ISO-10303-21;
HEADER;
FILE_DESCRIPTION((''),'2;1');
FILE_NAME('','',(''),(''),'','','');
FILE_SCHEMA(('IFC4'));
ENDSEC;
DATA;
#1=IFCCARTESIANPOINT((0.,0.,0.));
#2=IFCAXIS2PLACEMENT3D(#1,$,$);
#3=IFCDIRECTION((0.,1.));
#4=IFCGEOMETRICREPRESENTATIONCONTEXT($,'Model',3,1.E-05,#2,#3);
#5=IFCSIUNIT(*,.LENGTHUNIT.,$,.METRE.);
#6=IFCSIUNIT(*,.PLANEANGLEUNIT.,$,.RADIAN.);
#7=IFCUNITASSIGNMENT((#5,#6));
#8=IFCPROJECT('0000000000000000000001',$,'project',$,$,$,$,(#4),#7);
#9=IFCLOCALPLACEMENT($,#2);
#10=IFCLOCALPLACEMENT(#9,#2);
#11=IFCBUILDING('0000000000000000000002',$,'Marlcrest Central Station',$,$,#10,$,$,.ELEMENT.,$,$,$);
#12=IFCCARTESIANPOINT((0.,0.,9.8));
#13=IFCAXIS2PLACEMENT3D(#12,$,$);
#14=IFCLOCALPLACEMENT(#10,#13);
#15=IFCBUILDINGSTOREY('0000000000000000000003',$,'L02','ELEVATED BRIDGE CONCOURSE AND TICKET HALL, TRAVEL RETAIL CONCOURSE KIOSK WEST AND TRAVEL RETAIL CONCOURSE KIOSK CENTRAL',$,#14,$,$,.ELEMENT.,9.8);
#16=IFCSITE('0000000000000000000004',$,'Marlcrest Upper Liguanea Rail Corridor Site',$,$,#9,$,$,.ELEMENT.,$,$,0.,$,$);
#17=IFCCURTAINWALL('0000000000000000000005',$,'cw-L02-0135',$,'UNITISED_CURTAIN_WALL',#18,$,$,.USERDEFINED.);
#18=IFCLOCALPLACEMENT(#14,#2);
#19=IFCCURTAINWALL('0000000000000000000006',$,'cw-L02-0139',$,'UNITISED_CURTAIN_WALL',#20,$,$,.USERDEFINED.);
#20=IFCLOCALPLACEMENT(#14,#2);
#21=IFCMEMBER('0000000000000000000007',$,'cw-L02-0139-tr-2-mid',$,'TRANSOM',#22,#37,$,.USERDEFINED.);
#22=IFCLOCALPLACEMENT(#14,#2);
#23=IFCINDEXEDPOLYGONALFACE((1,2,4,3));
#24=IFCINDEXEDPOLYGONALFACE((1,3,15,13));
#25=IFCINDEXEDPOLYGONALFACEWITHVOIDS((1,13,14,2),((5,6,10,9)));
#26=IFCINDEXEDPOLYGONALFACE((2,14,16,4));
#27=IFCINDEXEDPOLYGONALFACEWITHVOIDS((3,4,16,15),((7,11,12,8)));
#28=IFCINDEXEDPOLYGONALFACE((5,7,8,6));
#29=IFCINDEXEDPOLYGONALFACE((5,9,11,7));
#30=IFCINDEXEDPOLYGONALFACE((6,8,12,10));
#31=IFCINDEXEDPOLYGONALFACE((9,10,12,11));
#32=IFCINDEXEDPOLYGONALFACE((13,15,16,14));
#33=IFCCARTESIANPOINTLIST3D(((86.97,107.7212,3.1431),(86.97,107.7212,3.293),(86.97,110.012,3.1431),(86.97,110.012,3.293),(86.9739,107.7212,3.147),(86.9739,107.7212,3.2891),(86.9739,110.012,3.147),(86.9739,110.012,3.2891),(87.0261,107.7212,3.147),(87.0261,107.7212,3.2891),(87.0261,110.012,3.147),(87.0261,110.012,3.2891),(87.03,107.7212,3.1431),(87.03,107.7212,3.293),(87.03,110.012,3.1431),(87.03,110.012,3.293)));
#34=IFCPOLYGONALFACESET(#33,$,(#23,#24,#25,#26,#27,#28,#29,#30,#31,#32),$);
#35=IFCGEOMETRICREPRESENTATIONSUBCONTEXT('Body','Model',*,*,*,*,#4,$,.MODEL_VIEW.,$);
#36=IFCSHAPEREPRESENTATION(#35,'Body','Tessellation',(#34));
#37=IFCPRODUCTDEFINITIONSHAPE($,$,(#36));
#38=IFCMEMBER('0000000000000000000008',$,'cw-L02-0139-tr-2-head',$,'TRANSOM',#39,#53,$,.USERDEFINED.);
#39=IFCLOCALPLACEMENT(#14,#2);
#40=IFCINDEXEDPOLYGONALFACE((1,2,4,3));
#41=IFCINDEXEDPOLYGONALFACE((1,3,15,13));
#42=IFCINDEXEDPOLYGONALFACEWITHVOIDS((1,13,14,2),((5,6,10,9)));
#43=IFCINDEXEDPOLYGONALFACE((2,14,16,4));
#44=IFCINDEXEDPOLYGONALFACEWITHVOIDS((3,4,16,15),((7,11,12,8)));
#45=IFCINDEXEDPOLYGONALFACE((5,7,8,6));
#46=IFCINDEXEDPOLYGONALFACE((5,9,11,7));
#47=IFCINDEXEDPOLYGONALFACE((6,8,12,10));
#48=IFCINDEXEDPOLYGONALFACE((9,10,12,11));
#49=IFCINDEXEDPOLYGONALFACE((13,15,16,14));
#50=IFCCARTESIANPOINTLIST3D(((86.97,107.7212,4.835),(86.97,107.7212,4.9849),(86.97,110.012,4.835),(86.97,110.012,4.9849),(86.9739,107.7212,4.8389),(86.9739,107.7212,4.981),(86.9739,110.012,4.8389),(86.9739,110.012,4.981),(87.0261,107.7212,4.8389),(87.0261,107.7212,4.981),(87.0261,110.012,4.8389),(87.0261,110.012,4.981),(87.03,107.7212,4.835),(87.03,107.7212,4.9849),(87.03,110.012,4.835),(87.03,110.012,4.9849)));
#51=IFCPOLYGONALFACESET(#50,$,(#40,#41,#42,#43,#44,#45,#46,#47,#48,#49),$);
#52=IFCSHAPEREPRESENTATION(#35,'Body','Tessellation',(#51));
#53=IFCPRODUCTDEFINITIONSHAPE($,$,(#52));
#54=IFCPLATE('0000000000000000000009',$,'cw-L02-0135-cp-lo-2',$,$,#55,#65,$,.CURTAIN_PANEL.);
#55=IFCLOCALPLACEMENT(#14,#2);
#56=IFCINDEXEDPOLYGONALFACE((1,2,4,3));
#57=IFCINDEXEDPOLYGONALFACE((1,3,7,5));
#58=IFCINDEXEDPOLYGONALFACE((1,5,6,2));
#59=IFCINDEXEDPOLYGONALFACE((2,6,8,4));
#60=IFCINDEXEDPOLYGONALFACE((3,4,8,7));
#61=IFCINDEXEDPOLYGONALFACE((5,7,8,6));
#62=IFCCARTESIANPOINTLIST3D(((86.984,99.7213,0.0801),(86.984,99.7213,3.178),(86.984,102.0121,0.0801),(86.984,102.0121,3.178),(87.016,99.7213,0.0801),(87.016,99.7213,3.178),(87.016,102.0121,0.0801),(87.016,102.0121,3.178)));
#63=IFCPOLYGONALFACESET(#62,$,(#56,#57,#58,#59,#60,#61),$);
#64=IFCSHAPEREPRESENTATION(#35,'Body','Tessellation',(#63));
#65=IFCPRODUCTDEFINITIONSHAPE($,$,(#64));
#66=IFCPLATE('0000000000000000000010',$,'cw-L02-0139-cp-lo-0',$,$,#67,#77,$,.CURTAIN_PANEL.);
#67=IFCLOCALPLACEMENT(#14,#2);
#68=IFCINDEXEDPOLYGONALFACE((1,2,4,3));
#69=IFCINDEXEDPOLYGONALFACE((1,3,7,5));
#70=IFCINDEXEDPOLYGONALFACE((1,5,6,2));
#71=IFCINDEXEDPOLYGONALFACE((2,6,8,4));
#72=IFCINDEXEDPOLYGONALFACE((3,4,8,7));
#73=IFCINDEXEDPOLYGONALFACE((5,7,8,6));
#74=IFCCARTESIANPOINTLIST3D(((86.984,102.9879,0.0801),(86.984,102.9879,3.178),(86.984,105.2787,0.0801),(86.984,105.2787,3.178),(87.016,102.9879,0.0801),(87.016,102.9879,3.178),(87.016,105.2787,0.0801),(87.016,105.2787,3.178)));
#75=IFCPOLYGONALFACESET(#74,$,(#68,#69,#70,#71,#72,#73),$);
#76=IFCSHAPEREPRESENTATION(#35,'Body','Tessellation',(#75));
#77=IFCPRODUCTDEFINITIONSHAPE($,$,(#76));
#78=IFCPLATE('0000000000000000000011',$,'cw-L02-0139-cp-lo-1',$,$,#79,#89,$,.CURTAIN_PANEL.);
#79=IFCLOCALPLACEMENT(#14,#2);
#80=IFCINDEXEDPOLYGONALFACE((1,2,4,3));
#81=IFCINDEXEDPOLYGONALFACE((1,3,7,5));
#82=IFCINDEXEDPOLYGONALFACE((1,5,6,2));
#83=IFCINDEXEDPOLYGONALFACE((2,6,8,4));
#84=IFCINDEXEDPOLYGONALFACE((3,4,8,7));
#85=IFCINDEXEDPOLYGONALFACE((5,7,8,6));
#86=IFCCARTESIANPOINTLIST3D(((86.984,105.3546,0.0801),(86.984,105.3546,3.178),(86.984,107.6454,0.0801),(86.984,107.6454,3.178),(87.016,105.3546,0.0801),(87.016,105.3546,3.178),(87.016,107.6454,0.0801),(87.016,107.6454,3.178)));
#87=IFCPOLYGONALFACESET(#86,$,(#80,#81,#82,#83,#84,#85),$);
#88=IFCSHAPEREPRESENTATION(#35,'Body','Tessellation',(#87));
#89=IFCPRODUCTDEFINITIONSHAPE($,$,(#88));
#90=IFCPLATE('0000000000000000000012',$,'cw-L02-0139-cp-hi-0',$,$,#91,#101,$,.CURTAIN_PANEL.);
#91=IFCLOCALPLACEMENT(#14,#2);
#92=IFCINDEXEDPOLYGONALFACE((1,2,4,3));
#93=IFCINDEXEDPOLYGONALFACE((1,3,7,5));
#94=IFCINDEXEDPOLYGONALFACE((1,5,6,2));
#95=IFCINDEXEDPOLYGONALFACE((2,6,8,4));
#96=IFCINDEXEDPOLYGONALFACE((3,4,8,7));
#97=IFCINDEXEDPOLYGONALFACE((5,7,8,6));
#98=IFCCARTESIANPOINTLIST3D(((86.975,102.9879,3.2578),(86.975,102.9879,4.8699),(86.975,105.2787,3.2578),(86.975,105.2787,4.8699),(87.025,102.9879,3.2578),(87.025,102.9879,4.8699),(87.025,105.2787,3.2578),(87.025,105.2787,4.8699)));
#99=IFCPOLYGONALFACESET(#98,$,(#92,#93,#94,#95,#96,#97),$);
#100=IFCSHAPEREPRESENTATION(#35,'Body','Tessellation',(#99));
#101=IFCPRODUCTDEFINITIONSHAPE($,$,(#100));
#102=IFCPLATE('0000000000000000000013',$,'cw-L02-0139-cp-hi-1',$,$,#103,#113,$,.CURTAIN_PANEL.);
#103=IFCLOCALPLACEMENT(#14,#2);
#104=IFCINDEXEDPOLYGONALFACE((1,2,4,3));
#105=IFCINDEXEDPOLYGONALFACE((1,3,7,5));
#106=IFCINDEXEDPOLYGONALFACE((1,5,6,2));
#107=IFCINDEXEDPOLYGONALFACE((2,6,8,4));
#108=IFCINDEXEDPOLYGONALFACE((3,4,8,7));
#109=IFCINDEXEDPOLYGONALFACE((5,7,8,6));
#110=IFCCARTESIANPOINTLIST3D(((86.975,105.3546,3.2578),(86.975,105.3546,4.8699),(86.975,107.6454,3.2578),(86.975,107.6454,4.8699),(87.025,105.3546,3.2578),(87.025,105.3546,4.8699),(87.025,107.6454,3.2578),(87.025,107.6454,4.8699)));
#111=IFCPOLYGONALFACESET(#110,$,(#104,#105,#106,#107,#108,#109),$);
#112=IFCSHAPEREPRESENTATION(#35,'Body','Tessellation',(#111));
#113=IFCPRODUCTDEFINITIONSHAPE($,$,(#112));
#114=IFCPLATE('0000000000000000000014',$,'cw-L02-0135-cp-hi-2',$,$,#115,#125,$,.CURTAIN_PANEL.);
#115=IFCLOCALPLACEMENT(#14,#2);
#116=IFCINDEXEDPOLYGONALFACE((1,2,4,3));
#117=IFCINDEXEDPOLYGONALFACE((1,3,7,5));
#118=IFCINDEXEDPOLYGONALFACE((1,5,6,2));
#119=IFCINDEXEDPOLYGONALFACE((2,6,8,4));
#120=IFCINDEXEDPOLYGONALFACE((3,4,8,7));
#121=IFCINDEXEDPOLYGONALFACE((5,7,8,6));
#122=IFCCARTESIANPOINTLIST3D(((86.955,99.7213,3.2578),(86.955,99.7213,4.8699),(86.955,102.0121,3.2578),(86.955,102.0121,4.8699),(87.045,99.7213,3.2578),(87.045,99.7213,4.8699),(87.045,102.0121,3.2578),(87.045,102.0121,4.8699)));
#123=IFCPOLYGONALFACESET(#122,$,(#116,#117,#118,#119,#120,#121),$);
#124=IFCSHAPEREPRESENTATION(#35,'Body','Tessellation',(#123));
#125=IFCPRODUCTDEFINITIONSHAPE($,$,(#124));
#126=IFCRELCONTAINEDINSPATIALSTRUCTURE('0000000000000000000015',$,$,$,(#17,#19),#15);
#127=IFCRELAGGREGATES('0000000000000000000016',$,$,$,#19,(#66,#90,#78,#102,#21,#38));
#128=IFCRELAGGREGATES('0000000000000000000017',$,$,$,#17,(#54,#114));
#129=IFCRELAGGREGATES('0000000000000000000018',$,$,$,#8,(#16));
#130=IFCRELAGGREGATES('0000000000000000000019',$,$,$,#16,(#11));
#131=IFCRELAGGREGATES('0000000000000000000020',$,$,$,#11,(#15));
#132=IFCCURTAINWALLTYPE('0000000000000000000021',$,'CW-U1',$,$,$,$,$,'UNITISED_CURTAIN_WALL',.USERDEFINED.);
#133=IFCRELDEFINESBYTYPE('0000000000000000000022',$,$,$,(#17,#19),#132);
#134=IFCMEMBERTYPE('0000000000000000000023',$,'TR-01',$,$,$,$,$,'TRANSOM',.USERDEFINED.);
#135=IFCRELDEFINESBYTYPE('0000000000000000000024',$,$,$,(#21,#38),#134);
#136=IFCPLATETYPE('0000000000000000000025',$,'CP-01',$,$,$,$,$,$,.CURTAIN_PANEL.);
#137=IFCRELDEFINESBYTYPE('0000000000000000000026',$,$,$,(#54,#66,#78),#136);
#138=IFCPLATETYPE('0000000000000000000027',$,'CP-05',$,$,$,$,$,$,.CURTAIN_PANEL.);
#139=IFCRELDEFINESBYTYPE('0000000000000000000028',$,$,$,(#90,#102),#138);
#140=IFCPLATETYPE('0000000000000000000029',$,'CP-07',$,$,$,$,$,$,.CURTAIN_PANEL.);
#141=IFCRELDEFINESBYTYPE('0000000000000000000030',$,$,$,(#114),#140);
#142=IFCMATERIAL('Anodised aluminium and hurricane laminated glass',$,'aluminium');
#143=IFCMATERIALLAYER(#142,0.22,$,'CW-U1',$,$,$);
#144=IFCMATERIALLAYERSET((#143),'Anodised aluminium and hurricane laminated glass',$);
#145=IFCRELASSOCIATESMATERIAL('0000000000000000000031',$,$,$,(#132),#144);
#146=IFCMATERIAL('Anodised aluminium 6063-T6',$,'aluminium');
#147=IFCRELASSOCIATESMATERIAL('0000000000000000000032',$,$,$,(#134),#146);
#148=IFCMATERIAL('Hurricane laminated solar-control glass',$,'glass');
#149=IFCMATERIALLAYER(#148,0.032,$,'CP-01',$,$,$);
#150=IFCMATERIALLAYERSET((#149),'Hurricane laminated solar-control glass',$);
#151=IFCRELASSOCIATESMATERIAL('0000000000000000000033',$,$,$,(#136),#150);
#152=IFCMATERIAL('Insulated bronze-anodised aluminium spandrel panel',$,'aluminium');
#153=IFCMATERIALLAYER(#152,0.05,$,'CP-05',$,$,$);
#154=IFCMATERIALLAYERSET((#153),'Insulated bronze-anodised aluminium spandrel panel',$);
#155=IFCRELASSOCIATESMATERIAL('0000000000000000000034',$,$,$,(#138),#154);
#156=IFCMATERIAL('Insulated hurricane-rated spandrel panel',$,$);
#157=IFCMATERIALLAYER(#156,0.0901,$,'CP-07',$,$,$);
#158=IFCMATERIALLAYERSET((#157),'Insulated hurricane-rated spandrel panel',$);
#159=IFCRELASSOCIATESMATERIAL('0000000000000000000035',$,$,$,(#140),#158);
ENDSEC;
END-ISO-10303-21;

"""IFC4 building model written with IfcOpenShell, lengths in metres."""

from ifc_helpers import new_model, si_unit, direction, frame, origin, origin_2d, place, context, subcontext, project, spatial, rectangle, hollow_rectangle, extrude, material, layer, layer_set, material_profile, profile_set, type_object, element, aggregate, save


model = new_model("IFC4")

# Units and contexts
model_context = context("Model", 3, precision=1e-05, world=origin(), true_north=direction((0.0, 1.0)))
body_context = subcontext(model_context, "Body", "Model", "MODEL_VIEW")
ifc_project = project(units=[si_unit("LENGTHUNIT", "METRE"), si_unit("PLANEANGLEUNIT", "RADIAN")], contexts=[model_context])

# Site, building, storey
site_placement = place(None, origin())
site = spatial("IfcSite", under=ifc_project, at=site_placement, Name="Marlcrest Upper Liguanea Rail Corridor Site", CompositionType="ELEMENT", RefElevation=0.0)
building_placement = place(site_placement, origin())
building = spatial("IfcBuilding", under=site, at=building_placement, Name="Marlcrest Central Station", CompositionType="ELEMENT")
storey_placement = place(building_placement, frame((0.0, 0.0, 9.8)))
storey = spatial("IfcBuildingStorey", under=building, at=storey_placement, Name="L02", Description="ELEVATED BRIDGE CONCOURSE AND TICKET HALL, TRAVEL RETAIL CONCOURSE KIOSK WEST AND TRAVEL RETAIL CONCOURSE KIOSK CENTRAL", CompositionType="ELEMENT", Elevation=9.8)

# Curtain wall
ifc_material_1 = material(Name="Anodised aluminium and hurricane laminated glass", Category="aluminium")
ifc_layer_1 = layer(ifc_material_1, 0.22, Name="CW-U1")
ifc_layer_set_1 = layer_set([ifc_layer_1], Name="Anodised aluminium and hurricane laminated glass")
curtain_wall_type = type_object("IfcCurtainWallType", Name="CW-U1", ElementType="UNITISED_CURTAIN_WALL", PredefinedType="USERDEFINED", material=ifc_layer_set_1)
curtain_wall_1_placement = place(storey_placement, origin())
curtain_wall_1 = element("IfcCurtainWall", 1, at=curtain_wall_1_placement, inside=storey, type_object=curtain_wall_type, Name="cw-L02-0135", ObjectType="UNITISED_CURTAIN_WALL", PredefinedType="USERDEFINED")
ifc_material_2 = material(Name="Anodised aluminium 6063-T6", Category="aluminium")

# Curtain wall, members
curtain_wall_2_placement = place(storey_placement, origin())
curtain_wall_2 = element("IfcCurtainWall", 2, at=curtain_wall_2_placement, inside=storey, type_object=curtain_wall_type, Name="cw-L02-0139", ObjectType="UNITISED_CURTAIN_WALL", PredefinedType="USERDEFINED")
ifc_material_profile_1 = material_profile(ifc_material_2, hollow_rectangle(XDim=0.0601, YDim=0.1499, WallThickness=0.0039, at=origin_2d()), Name="AA-RHS 150x60x4")
ifc_profile_set_1 = profile_set([ifc_material_profile_1], Name="Anodised aluminium 6063-T6")
member_type_1 = type_object("IfcMemberType", Name="TR-01", ElementType="TRANSOM", PredefinedType="USERDEFINED", material=ifc_profile_set_1)
member_1_placement = place(storey_placement, frame((87.0, 107.7212, 3.218), z_axis=(0.0, 1.0, 0.0), x_axis=(-1.0, 0.0, 0.0)))
member_1 = element("IfcMember", 3, at=member_1_placement, type_object=member_type_1, Name="cw-L02-0139-tr-2-mid", ObjectType="TRANSOM", PredefinedType="USERDEFINED", context=body_context, shape_type="SweptSolid", body=[
    extrude(hollow_rectangle(XDim=0.0601, YDim=0.1499, WallThickness=0.0039, at=origin_2d()), origin(), (0.0, 0.0, 1.0), 2.2908),
])
member_2_placement = place(storey_placement, frame((87.0, 107.7212, 4.9099), z_axis=(0.0, 1.0, 0.0), x_axis=(-1.0, 0.0, 0.0)))
member_2 = element("IfcMember", 4, at=member_2_placement, type_object=member_type_1, Name="cw-L02-0139-tr-2-head", ObjectType="TRANSOM", PredefinedType="USERDEFINED", context=body_context, shape_type="SweptSolid", body=[
    extrude(hollow_rectangle(XDim=0.0601, YDim=0.1499, WallThickness=0.0039, at=origin_2d()), origin(), (0.0, 0.0, 1.0), 2.2908),
])

# Plates
ifc_material_3 = material(Name="Hurricane laminated solar-control glass", Category="glass")
ifc_layer_2 = layer(ifc_material_3, 0.032, Name="CP-01")
ifc_layer_set_2 = layer_set([ifc_layer_2], Name="Hurricane laminated solar-control glass")
plate_type_1 = type_object("IfcPlateType", Name="CP-01", PredefinedType="CURTAIN_PANEL", material=ifc_layer_set_2)
plate_1_placement = place(storey_placement, frame((87.0, 100.8667, 0.0801), z_axis=(0.0, 0.0, 1.0), x_axis=(0.0, 1.0, 0.0)))
plate_1 = element("IfcPlate", 5, at=plate_1_placement, type_object=plate_type_1, Name="cw-L02-0135-cp-lo-2", PredefinedType="CURTAIN_PANEL", context=body_context, shape_type="SweptSolid", body=[
    extrude(rectangle(XDim=2.2908, YDim=0.032, at=origin_2d()), origin(), (0.0, 0.0, 1.0), 3.0979),
])
plate_2_placement = place(storey_placement, frame((87.0, 104.1333, 0.0801), z_axis=(0.0, 0.0, 1.0), x_axis=(0.0, 1.0, 0.0)))
plate_2 = element("IfcPlate", 6, at=plate_2_placement, type_object=plate_type_1, Name="cw-L02-0139-cp-lo-0", PredefinedType="CURTAIN_PANEL", context=body_context, shape_type="SweptSolid", body=[
    extrude(rectangle(XDim=2.2908, YDim=0.032, at=origin_2d()), origin(), (0.0, 0.0, 1.0), 3.0979),
])
plate_3_placement = place(storey_placement, frame((87.0, 106.5, 0.0801), z_axis=(0.0, 0.0, 1.0), x_axis=(0.0, 1.0, 0.0)))
plate_3 = element("IfcPlate", 7, at=plate_3_placement, type_object=plate_type_1, Name="cw-L02-0139-cp-lo-1", PredefinedType="CURTAIN_PANEL", context=body_context, shape_type="SweptSolid", body=[
    extrude(rectangle(XDim=2.2908, YDim=0.032, at=origin_2d()), origin(), (0.0, 0.0, 1.0), 3.0979),
])
ifc_material_4 = material(Name="Insulated bronze-anodised aluminium spandrel panel", Category="aluminium")
ifc_layer_3 = layer(ifc_material_4, 0.05, Name="CP-05")
ifc_layer_set_3 = layer_set([ifc_layer_3], Name="Insulated bronze-anodised aluminium spandrel panel")
plate_type_2 = type_object("IfcPlateType", Name="CP-05", PredefinedType="CURTAIN_PANEL", material=ifc_layer_set_3)
plate_4_placement = place(storey_placement, frame((87.0, 104.1333, 3.2578), z_axis=(0.0, 0.0, 1.0), x_axis=(0.0, 1.0, 0.0)))
plate_4 = element("IfcPlate", 8, at=plate_4_placement, type_object=plate_type_2, Name="cw-L02-0139-cp-hi-0", PredefinedType="CURTAIN_PANEL", context=body_context, shape_type="SweptSolid", body=[
    extrude(rectangle(XDim=2.2908, YDim=0.05, at=origin_2d()), origin(), (0.0, 0.0, 1.0), 1.6121),
])
plate_5_placement = place(storey_placement, frame((87.0, 106.5, 3.2578), z_axis=(0.0, 0.0, 1.0), x_axis=(0.0, 1.0, 0.0)))
plate_5 = element("IfcPlate", 9, at=plate_5_placement, type_object=plate_type_2, Name="cw-L02-0139-cp-hi-1", PredefinedType="CURTAIN_PANEL", context=body_context, shape_type="SweptSolid", body=[
    extrude(rectangle(XDim=2.2908, YDim=0.05, at=origin_2d()), origin(), (0.0, 0.0, 1.0), 1.6121),
])
aggregate(curtain_wall_2, [plate_2, plate_4, plate_3, plate_5, member_1, member_2])
ifc_material_5 = material(Name="Insulated hurricane-rated spandrel panel")
ifc_layer_4 = layer(ifc_material_5, 0.0901, Name="CP-07")
ifc_layer_set_4 = layer_set([ifc_layer_4], Name="Insulated hurricane-rated spandrel panel")
plate_type_3 = type_object("IfcPlateType", Name="CP-07", PredefinedType="CURTAIN_PANEL", material=ifc_layer_set_4)
plate_6_placement = place(storey_placement, frame((87.0, 100.8667, 3.2578), z_axis=(0.0, 0.0, 1.0), x_axis=(0.0, 1.0, 0.0)))
plate_6 = element("IfcPlate", 10, at=plate_6_placement, type_object=plate_type_3, Name="cw-L02-0135-cp-hi-2", PredefinedType="CURTAIN_PANEL", context=body_context, shape_type="SweptSolid", body=[
    extrude(rectangle(XDim=2.2908, YDim=0.0901, at=origin_2d()), origin(), (0.0, 0.0, 1.0), 1.6121),
])
aggregate(curtain_wall_1, [plate_1, plate_6])

save(model, "model.ifc")
